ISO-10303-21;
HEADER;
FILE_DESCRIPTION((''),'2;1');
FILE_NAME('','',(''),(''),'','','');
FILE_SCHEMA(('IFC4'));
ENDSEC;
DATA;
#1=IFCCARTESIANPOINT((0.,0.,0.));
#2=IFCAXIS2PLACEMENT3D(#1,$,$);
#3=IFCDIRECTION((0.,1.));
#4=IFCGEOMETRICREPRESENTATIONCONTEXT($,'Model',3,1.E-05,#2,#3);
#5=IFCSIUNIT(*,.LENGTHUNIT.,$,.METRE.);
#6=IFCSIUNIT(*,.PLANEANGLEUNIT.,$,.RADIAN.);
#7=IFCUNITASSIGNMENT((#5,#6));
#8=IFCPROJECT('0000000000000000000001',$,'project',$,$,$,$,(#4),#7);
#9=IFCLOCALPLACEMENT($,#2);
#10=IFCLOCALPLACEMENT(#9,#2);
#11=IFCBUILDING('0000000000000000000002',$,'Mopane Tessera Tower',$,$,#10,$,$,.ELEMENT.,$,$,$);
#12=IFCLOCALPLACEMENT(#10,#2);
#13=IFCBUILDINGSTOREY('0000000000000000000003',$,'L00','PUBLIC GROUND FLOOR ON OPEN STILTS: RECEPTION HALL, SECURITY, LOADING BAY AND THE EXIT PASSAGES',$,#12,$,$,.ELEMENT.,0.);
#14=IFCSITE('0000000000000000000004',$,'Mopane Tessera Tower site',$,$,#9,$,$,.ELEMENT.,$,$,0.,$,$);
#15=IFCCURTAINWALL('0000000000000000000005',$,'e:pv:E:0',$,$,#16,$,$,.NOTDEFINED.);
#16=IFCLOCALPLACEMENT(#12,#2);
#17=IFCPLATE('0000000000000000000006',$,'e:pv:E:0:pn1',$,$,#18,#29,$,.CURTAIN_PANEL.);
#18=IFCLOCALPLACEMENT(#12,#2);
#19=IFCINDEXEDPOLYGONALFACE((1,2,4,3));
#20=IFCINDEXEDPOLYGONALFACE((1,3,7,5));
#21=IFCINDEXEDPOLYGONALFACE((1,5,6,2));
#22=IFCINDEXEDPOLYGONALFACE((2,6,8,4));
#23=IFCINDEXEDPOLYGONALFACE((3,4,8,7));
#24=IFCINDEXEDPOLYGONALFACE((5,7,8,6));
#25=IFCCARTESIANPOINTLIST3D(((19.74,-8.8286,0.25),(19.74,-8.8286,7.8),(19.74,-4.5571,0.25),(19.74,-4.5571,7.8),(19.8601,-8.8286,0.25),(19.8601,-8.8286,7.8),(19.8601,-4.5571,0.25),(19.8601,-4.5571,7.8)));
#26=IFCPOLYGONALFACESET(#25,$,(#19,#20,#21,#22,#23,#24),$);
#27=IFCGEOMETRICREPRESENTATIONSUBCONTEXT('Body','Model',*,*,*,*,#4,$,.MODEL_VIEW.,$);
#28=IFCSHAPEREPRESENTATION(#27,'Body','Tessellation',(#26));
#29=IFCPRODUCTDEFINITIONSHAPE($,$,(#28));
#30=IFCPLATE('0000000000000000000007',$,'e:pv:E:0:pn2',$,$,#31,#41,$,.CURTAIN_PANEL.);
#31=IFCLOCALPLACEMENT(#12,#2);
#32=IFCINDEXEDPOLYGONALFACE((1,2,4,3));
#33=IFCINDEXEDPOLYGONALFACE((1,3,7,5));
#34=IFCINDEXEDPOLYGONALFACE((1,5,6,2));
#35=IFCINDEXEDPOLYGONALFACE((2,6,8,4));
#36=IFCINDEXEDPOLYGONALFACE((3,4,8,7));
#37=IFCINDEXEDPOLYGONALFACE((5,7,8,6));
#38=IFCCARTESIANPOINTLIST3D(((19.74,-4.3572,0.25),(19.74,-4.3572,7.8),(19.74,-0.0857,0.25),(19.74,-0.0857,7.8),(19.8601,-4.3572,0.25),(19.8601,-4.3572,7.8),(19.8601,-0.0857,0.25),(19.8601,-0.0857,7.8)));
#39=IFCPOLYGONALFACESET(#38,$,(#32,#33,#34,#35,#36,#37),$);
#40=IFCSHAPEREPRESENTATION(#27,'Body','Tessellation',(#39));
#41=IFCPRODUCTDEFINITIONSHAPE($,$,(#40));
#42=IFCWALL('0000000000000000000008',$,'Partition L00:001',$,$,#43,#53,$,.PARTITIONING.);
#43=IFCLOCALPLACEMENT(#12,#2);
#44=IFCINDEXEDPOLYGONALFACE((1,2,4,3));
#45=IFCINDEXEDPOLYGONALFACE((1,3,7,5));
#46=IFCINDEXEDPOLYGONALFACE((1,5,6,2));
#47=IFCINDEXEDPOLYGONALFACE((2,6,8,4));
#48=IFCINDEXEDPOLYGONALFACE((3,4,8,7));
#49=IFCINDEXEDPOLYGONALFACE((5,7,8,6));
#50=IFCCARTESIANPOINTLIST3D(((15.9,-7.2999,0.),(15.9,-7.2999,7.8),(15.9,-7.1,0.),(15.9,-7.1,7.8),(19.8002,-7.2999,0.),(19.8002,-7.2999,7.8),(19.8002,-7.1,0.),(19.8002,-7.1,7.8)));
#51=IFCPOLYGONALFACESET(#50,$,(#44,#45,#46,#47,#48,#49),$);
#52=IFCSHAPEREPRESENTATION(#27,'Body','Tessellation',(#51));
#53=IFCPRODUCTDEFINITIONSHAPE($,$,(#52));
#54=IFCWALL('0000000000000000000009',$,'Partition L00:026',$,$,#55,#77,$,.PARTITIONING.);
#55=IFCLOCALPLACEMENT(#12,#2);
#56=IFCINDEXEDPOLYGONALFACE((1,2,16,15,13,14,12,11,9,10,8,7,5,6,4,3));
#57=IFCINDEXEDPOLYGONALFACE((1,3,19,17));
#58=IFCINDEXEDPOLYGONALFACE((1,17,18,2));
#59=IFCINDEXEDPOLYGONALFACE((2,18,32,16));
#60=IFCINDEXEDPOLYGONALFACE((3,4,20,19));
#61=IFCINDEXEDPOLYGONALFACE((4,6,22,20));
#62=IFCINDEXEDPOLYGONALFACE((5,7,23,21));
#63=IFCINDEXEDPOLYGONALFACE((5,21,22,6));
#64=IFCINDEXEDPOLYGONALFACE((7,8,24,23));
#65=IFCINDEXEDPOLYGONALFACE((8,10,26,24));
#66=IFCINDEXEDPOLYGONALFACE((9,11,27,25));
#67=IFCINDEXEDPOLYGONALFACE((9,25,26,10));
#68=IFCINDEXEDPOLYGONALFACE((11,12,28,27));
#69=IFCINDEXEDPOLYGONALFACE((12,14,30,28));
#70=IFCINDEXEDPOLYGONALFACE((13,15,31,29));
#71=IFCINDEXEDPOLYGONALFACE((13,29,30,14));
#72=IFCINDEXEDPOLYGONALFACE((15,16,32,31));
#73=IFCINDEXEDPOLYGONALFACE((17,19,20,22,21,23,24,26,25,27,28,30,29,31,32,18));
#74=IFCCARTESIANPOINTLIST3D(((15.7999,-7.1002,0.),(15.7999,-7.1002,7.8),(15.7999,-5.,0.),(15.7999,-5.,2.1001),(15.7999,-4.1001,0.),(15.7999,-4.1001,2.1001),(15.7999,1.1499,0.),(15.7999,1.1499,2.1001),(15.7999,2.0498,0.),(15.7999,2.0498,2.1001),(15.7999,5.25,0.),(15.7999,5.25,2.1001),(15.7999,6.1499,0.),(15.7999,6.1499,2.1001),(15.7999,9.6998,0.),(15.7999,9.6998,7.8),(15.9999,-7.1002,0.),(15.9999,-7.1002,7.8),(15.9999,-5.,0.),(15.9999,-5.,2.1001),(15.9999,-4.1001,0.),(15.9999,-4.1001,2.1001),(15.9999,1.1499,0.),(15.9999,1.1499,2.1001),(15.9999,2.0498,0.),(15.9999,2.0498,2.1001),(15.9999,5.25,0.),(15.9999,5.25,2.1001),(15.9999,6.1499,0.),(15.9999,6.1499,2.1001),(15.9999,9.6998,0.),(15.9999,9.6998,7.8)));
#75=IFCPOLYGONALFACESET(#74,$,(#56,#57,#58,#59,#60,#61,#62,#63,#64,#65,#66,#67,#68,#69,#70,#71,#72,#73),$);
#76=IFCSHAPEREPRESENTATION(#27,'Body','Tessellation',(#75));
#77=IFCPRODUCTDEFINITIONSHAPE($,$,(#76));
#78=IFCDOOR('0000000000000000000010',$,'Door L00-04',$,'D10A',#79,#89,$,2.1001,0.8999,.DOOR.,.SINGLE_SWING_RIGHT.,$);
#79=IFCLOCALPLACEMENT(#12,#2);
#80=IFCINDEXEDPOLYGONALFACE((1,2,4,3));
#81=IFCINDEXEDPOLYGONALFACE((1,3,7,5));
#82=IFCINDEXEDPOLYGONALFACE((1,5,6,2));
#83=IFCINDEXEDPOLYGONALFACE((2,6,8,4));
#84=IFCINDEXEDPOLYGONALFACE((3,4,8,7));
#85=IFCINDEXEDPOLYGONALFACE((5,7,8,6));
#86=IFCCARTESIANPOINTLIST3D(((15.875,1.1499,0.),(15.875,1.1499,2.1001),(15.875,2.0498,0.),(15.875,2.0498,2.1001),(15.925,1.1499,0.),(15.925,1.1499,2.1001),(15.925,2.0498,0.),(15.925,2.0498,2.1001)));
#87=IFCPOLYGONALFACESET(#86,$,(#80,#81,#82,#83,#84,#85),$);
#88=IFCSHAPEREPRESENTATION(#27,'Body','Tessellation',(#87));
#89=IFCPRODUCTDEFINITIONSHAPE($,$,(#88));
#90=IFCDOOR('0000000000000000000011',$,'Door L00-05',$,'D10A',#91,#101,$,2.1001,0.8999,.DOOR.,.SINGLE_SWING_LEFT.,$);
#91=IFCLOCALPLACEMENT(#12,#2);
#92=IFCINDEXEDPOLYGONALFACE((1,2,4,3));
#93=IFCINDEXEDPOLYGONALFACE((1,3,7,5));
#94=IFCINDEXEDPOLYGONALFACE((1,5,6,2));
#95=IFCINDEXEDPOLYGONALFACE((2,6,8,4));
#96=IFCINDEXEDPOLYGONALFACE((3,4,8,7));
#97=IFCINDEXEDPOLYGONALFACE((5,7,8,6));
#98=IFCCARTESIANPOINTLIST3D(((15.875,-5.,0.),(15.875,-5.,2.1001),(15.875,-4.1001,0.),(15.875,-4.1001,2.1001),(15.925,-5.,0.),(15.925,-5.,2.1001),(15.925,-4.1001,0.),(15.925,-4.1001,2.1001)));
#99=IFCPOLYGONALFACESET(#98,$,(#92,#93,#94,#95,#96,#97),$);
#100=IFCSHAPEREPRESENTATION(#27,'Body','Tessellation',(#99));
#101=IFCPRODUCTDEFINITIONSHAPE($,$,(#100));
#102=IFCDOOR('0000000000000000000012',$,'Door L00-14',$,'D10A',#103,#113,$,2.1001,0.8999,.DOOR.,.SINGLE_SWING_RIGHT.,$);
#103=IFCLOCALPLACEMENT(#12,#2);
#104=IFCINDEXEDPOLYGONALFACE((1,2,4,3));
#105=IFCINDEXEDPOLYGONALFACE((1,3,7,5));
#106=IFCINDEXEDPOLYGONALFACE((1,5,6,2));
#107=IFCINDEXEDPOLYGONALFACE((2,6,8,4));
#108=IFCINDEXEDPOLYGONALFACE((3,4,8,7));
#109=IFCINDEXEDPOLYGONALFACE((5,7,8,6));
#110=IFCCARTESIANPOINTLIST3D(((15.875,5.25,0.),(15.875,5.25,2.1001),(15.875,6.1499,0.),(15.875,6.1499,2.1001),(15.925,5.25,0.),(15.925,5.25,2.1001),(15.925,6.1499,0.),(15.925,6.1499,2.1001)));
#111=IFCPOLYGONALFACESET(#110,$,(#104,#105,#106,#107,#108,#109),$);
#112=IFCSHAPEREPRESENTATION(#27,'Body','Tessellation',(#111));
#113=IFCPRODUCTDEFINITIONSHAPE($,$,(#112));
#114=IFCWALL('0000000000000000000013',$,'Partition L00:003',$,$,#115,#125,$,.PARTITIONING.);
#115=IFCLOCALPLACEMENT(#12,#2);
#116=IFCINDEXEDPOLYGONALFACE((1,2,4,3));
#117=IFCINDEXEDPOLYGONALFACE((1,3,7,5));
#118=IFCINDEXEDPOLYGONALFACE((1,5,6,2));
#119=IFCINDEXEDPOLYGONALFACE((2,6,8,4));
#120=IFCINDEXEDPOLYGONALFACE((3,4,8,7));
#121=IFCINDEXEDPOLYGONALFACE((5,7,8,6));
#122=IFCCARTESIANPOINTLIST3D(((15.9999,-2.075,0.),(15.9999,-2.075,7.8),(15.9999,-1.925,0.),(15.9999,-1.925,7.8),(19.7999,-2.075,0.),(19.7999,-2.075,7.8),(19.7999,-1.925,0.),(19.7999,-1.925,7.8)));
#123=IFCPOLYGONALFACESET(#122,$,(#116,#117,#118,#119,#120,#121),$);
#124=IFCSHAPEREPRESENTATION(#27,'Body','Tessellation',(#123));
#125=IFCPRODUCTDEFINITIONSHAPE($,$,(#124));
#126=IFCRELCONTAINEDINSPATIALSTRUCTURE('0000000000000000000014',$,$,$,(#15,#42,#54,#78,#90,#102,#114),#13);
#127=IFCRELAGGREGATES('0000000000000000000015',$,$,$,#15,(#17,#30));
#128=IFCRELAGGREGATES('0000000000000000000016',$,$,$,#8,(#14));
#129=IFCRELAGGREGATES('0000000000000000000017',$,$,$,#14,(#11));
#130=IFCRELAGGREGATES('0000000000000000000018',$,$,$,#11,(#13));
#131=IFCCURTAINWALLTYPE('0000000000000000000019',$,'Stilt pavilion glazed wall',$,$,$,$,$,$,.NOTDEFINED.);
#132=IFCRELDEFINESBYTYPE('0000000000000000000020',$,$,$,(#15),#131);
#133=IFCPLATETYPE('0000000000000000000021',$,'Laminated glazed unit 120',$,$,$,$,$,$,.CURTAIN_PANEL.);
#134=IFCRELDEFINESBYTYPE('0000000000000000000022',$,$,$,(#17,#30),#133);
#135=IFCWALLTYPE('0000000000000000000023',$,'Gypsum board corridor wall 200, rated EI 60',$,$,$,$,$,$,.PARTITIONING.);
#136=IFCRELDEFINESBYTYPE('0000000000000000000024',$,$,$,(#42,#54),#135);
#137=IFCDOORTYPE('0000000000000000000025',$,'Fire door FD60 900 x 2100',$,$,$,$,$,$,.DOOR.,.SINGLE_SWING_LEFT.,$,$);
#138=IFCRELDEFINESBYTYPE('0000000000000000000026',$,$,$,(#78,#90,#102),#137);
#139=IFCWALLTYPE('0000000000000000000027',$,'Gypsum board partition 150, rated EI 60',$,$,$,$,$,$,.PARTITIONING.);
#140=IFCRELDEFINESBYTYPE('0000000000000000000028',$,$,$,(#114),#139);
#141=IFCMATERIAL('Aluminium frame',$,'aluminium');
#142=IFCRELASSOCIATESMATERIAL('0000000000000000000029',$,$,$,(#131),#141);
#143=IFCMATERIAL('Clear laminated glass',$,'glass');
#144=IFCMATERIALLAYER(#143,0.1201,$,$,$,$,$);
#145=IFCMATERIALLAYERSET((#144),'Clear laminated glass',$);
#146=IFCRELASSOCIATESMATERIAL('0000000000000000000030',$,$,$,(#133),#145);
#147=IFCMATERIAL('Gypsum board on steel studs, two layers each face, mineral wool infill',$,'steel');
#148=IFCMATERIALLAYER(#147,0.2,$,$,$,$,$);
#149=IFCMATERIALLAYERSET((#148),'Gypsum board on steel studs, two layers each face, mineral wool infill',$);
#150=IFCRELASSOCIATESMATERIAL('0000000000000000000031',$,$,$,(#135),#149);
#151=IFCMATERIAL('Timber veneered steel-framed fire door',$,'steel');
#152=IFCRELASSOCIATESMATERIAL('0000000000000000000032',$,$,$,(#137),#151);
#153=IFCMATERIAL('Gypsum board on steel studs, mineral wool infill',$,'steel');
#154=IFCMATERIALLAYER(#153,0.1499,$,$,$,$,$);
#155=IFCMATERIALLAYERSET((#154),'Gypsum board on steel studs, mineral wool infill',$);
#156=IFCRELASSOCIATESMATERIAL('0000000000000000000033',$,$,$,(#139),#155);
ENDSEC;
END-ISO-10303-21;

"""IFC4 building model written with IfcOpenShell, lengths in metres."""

from ifc_helpers import new_model, si_unit, direction, frame, frame_2d, origin, origin_2d, place, context, subcontext, project, spatial, rectangle, extrude, material, layer, layer_set, type_object, element, fill, aggregate, save


model = new_model("IFC4")

# Units and contexts
model_context = context("Model", 3, precision=1e-05, world=origin(), true_north=direction((0.0, 1.0)))
body_context = subcontext(model_context, "Body", "Model", "MODEL_VIEW")
ifc_project = project(units=[si_unit("LENGTHUNIT", "METRE"), si_unit("PLANEANGLEUNIT", "RADIAN")], contexts=[model_context])

# Site, building, storey
site_placement = place(None, origin())
site = spatial("IfcSite", under=ifc_project, at=site_placement, Name="Mopane Tessera Tower site", CompositionType="ELEMENT", RefElevation=0.0)
building_placement = place(site_placement, origin())
building = spatial("IfcBuilding", under=site, at=building_placement, Name="Mopane Tessera Tower", CompositionType="ELEMENT")
storey_placement = place(building_placement, origin())
storey = spatial("IfcBuildingStorey", under=building, at=storey_placement, Name="L00", Description="PUBLIC GROUND FLOOR ON OPEN STILTS: RECEPTION HALL, SECURITY, LOADING BAY AND THE EXIT PASSAGES", CompositionType="ELEMENT", Elevation=0.0)

# Curtain wall
ifc_material_1 = material(Name="Aluminium frame", Category="aluminium")
curtain_wall_type = type_object("IfcCurtainWallType", Name="Stilt pavilion glazed wall", PredefinedType="NOTDEFINED", material=ifc_material_1)
curtain_wall_placement = place(storey_placement, origin())
curtain_wall = element("IfcCurtainWall", 1, at=curtain_wall_placement, inside=storey, type_object=curtain_wall_type, Name="e:pv:E:0", PredefinedType="NOTDEFINED")

# Plates
ifc_material_2 = material(Name="Clear laminated glass", Category="glass")
ifc_layer_1 = layer(ifc_material_2, 0.1201)
ifc_layer_set_1 = layer_set([ifc_layer_1], Name="Clear laminated glass")
plate_type = type_object("IfcPlateType", Name="Laminated glazed unit 120", PredefinedType="CURTAIN_PANEL", material=ifc_layer_set_1)
plate_1_placement = place(storey_placement, frame((19.8, -6.6929, 0.25), z_axis=(0.0, 0.0, 1.0), x_axis=(0.0, 1.0, 0.0)))
plate_1 = element("IfcPlate", 2, at=plate_1_placement, type_object=plate_type, Name="e:pv:E:0:pn1", PredefinedType="CURTAIN_PANEL", context=body_context, shape_type="SweptSolid", body=[
    extrude(rectangle(XDim=4.2715, YDim=0.1201, at=origin_2d()), origin(), (0.0, 0.0, 1.0), 7.55),
])
plate_2_placement = place(storey_placement, frame((19.8, -2.2214, 0.25), z_axis=(0.0, 0.0, 1.0), x_axis=(0.0, 1.0, 0.0)))
plate_2 = element("IfcPlate", 3, at=plate_2_placement, type_object=plate_type, Name="e:pv:E:0:pn2", PredefinedType="CURTAIN_PANEL", context=body_context, shape_type="SweptSolid", body=[
    extrude(rectangle(XDim=4.2715, YDim=0.1201, at=origin_2d()), origin(), (0.0, 0.0, 1.0), 7.55),
])
aggregate(curtain_wall, [plate_1, plate_2])

# Wall
ifc_material_3 = material(Name="Gypsum board on steel studs, two layers each face, mineral wool infill", Category="steel")
ifc_layer_2 = layer(ifc_material_3, 0.2)
ifc_layer_set_2 = layer_set([ifc_layer_2], Name="Gypsum board on steel studs, two layers each face, mineral wool infill")
wall_type_1 = type_object("IfcWallType", Name="Gypsum board corridor wall 200, rated EI 60", PredefinedType="PARTITIONING", material=ifc_layer_set_2)
wall_1_placement = place(storey_placement, frame((15.8999, -7.2, 0.0), z_axis=(0.0, 0.0, 1.0), x_axis=(1.0, 0.0, 0.0)))
element("IfcWall", 4, at=wall_1_placement, inside=storey, type_object=wall_type_1, Name="Partition L00:001", PredefinedType="PARTITIONING", context=body_context, shape_type="SweptSolid", body=[
    extrude(rectangle(XDim=3.9001, YDim=0.2, at=frame_2d((1.9502, 0.0))), origin(), (0.0, 0.0, 1.0), 7.8),
])

# Wall, openings, doors
wall_2_placement = place(storey_placement, frame((15.8999, -7.1001, 0.0), z_axis=(0.0, 0.0, 1.0), x_axis=(0.0, 1.0, 0.0)))
wall_2 = element("IfcWall", 5, at=wall_2_placement, inside=storey, type_object=wall_type_1, Name="Partition L00:026", PredefinedType="PARTITIONING", context=body_context, shape_type="SweptSolid", body=[
    extrude(rectangle(XDim=16.8, YDim=0.2, at=frame_2d((8.3999, 0.0))), origin(), (0.0, 0.0, 1.0), 7.8),
])
opening_1_placement = place(wall_2_placement, frame((8.25, 0.0, 0.0)))
opening_1 = element("IfcOpeningElement", 6, at=opening_1_placement, cuts=wall_2, PredefinedType="OPENING", context=body_context, shape_type="SweptSolid", body=[
    extrude(rectangle(XDim=0.8999, YDim=2.1001, at=frame_2d((0.45, 1.05))), frame((0.0, 0.1121, 0.0), z_axis=(0.0, -1.0, 0.0), x_axis=(1.0, 0.0, 0.0)), (0.0, 0.0, 1.0), 0.2239),
])
opening_2_placement = place(wall_2_placement, frame((2.1001, 0.0, 0.0)))
opening_2 = element("IfcOpeningElement", 7, at=opening_2_placement, cuts=wall_2, PredefinedType="OPENING", context=body_context, shape_type="SweptSolid", body=[
    extrude(rectangle(XDim=0.8999, YDim=2.1001, at=frame_2d((0.45, 1.05))), frame((0.0, 0.1121, 0.0), z_axis=(0.0, -1.0, 0.0), x_axis=(1.0, 0.0, 0.0)), (0.0, 0.0, 1.0), 0.2239),
])
opening_3_placement = place(wall_2_placement, frame((12.3501, 0.0, 0.0)))
opening_3 = element("IfcOpeningElement", 8, at=opening_3_placement, cuts=wall_2, PredefinedType="OPENING", context=body_context, shape_type="SweptSolid", body=[
    extrude(rectangle(XDim=0.8999, YDim=2.1001, at=frame_2d((0.45, 1.05))), frame((0.0, 0.1121, 0.0), z_axis=(0.0, -1.0, 0.0), x_axis=(1.0, 0.0, 0.0)), (0.0, 0.0, 1.0), 0.2239),
])
ifc_material_4 = material(Name="Timber veneered steel-framed fire door", Category="steel")
door_type = type_object("IfcDoorType", Name="Fire door FD60 900 x 2100", OperationType="SINGLE_SWING_LEFT", PredefinedType="DOOR", material=ifc_material_4)
door_1_placement = place(opening_1_placement, origin())
door_1 = element("IfcDoor", 9, at=door_1_placement, inside=storey, type_object=door_type, Name="Door L00-04", ObjectType="D10A", OperationType="SINGLE_SWING_RIGHT", OverallHeight=2.1001, OverallWidth=0.8999, PredefinedType="DOOR", context=body_context, shape_type="SweptSolid", body=[
    extrude(rectangle(XDim=0.8999, YDim=2.1001, at=frame_2d((0.45, 1.05))), frame((0.0, 0.0249, 0.0), z_axis=(0.0, -1.0, 0.0), x_axis=(1.0, 0.0, 0.0)), (0.0, 0.0, 1.0), 0.05),
])
fill(opening_1, door_1)
door_2_placement = place(opening_2_placement, origin())
door_2 = element("IfcDoor", 10, at=door_2_placement, inside=storey, type_object=door_type, Name="Door L00-05", ObjectType="D10A", OperationType="SINGLE_SWING_LEFT", OverallHeight=2.1001, OverallWidth=0.8999, PredefinedType="DOOR", context=body_context, shape_type="SweptSolid", body=[
    extrude(rectangle(XDim=0.8999, YDim=2.1001, at=frame_2d((0.45, 1.05))), frame((0.0, 0.0249, 0.0), z_axis=(0.0, -1.0, 0.0), x_axis=(1.0, 0.0, 0.0)), (0.0, 0.0, 1.0), 0.05),
])
fill(opening_2, door_2)
door_3_placement = place(opening_3_placement, origin())
door_3 = element("IfcDoor", 11, at=door_3_placement, inside=storey, type_object=door_type, Name="Door L00-14", ObjectType="D10A", OperationType="SINGLE_SWING_RIGHT", OverallHeight=2.1001, OverallWidth=0.8999, PredefinedType="DOOR", context=body_context, shape_type="SweptSolid", body=[
    extrude(rectangle(XDim=0.8999, YDim=2.1001, at=frame_2d((0.45, 1.05))), frame((0.0, 0.0249, 0.0), z_axis=(0.0, -1.0, 0.0), x_axis=(1.0, 0.0, 0.0)), (0.0, 0.0, 1.0), 0.05),
])
fill(opening_3, door_3)

# Wall
ifc_material_5 = material(Name="Gypsum board on steel studs, mineral wool infill", Category="steel")
ifc_layer_3 = layer(ifc_material_5, 0.1499)
ifc_layer_set_3 = layer_set([ifc_layer_3], Name="Gypsum board on steel studs, mineral wool infill")
wall_type_2 = type_object("IfcWallType", Name="Gypsum board partition 150, rated EI 60", PredefinedType="PARTITIONING", material=ifc_layer_set_3)
wall_3_placement = place(storey_placement, frame((16.0, -2.0, 0.0), z_axis=(0.0, 0.0, 1.0), x_axis=(1.0, 0.0, 0.0)))
element("IfcWall", 12, at=wall_3_placement, inside=storey, type_object=wall_type_2, Name="Partition L00:003", PredefinedType="PARTITIONING", context=body_context, shape_type="SweptSolid", body=[
    extrude(rectangle(XDim=3.8, YDim=0.1499, at=frame_2d((1.8999, 0.0))), origin(), (0.0, 0.0, 1.0), 7.8),
])

save(model, "model.ifc")
